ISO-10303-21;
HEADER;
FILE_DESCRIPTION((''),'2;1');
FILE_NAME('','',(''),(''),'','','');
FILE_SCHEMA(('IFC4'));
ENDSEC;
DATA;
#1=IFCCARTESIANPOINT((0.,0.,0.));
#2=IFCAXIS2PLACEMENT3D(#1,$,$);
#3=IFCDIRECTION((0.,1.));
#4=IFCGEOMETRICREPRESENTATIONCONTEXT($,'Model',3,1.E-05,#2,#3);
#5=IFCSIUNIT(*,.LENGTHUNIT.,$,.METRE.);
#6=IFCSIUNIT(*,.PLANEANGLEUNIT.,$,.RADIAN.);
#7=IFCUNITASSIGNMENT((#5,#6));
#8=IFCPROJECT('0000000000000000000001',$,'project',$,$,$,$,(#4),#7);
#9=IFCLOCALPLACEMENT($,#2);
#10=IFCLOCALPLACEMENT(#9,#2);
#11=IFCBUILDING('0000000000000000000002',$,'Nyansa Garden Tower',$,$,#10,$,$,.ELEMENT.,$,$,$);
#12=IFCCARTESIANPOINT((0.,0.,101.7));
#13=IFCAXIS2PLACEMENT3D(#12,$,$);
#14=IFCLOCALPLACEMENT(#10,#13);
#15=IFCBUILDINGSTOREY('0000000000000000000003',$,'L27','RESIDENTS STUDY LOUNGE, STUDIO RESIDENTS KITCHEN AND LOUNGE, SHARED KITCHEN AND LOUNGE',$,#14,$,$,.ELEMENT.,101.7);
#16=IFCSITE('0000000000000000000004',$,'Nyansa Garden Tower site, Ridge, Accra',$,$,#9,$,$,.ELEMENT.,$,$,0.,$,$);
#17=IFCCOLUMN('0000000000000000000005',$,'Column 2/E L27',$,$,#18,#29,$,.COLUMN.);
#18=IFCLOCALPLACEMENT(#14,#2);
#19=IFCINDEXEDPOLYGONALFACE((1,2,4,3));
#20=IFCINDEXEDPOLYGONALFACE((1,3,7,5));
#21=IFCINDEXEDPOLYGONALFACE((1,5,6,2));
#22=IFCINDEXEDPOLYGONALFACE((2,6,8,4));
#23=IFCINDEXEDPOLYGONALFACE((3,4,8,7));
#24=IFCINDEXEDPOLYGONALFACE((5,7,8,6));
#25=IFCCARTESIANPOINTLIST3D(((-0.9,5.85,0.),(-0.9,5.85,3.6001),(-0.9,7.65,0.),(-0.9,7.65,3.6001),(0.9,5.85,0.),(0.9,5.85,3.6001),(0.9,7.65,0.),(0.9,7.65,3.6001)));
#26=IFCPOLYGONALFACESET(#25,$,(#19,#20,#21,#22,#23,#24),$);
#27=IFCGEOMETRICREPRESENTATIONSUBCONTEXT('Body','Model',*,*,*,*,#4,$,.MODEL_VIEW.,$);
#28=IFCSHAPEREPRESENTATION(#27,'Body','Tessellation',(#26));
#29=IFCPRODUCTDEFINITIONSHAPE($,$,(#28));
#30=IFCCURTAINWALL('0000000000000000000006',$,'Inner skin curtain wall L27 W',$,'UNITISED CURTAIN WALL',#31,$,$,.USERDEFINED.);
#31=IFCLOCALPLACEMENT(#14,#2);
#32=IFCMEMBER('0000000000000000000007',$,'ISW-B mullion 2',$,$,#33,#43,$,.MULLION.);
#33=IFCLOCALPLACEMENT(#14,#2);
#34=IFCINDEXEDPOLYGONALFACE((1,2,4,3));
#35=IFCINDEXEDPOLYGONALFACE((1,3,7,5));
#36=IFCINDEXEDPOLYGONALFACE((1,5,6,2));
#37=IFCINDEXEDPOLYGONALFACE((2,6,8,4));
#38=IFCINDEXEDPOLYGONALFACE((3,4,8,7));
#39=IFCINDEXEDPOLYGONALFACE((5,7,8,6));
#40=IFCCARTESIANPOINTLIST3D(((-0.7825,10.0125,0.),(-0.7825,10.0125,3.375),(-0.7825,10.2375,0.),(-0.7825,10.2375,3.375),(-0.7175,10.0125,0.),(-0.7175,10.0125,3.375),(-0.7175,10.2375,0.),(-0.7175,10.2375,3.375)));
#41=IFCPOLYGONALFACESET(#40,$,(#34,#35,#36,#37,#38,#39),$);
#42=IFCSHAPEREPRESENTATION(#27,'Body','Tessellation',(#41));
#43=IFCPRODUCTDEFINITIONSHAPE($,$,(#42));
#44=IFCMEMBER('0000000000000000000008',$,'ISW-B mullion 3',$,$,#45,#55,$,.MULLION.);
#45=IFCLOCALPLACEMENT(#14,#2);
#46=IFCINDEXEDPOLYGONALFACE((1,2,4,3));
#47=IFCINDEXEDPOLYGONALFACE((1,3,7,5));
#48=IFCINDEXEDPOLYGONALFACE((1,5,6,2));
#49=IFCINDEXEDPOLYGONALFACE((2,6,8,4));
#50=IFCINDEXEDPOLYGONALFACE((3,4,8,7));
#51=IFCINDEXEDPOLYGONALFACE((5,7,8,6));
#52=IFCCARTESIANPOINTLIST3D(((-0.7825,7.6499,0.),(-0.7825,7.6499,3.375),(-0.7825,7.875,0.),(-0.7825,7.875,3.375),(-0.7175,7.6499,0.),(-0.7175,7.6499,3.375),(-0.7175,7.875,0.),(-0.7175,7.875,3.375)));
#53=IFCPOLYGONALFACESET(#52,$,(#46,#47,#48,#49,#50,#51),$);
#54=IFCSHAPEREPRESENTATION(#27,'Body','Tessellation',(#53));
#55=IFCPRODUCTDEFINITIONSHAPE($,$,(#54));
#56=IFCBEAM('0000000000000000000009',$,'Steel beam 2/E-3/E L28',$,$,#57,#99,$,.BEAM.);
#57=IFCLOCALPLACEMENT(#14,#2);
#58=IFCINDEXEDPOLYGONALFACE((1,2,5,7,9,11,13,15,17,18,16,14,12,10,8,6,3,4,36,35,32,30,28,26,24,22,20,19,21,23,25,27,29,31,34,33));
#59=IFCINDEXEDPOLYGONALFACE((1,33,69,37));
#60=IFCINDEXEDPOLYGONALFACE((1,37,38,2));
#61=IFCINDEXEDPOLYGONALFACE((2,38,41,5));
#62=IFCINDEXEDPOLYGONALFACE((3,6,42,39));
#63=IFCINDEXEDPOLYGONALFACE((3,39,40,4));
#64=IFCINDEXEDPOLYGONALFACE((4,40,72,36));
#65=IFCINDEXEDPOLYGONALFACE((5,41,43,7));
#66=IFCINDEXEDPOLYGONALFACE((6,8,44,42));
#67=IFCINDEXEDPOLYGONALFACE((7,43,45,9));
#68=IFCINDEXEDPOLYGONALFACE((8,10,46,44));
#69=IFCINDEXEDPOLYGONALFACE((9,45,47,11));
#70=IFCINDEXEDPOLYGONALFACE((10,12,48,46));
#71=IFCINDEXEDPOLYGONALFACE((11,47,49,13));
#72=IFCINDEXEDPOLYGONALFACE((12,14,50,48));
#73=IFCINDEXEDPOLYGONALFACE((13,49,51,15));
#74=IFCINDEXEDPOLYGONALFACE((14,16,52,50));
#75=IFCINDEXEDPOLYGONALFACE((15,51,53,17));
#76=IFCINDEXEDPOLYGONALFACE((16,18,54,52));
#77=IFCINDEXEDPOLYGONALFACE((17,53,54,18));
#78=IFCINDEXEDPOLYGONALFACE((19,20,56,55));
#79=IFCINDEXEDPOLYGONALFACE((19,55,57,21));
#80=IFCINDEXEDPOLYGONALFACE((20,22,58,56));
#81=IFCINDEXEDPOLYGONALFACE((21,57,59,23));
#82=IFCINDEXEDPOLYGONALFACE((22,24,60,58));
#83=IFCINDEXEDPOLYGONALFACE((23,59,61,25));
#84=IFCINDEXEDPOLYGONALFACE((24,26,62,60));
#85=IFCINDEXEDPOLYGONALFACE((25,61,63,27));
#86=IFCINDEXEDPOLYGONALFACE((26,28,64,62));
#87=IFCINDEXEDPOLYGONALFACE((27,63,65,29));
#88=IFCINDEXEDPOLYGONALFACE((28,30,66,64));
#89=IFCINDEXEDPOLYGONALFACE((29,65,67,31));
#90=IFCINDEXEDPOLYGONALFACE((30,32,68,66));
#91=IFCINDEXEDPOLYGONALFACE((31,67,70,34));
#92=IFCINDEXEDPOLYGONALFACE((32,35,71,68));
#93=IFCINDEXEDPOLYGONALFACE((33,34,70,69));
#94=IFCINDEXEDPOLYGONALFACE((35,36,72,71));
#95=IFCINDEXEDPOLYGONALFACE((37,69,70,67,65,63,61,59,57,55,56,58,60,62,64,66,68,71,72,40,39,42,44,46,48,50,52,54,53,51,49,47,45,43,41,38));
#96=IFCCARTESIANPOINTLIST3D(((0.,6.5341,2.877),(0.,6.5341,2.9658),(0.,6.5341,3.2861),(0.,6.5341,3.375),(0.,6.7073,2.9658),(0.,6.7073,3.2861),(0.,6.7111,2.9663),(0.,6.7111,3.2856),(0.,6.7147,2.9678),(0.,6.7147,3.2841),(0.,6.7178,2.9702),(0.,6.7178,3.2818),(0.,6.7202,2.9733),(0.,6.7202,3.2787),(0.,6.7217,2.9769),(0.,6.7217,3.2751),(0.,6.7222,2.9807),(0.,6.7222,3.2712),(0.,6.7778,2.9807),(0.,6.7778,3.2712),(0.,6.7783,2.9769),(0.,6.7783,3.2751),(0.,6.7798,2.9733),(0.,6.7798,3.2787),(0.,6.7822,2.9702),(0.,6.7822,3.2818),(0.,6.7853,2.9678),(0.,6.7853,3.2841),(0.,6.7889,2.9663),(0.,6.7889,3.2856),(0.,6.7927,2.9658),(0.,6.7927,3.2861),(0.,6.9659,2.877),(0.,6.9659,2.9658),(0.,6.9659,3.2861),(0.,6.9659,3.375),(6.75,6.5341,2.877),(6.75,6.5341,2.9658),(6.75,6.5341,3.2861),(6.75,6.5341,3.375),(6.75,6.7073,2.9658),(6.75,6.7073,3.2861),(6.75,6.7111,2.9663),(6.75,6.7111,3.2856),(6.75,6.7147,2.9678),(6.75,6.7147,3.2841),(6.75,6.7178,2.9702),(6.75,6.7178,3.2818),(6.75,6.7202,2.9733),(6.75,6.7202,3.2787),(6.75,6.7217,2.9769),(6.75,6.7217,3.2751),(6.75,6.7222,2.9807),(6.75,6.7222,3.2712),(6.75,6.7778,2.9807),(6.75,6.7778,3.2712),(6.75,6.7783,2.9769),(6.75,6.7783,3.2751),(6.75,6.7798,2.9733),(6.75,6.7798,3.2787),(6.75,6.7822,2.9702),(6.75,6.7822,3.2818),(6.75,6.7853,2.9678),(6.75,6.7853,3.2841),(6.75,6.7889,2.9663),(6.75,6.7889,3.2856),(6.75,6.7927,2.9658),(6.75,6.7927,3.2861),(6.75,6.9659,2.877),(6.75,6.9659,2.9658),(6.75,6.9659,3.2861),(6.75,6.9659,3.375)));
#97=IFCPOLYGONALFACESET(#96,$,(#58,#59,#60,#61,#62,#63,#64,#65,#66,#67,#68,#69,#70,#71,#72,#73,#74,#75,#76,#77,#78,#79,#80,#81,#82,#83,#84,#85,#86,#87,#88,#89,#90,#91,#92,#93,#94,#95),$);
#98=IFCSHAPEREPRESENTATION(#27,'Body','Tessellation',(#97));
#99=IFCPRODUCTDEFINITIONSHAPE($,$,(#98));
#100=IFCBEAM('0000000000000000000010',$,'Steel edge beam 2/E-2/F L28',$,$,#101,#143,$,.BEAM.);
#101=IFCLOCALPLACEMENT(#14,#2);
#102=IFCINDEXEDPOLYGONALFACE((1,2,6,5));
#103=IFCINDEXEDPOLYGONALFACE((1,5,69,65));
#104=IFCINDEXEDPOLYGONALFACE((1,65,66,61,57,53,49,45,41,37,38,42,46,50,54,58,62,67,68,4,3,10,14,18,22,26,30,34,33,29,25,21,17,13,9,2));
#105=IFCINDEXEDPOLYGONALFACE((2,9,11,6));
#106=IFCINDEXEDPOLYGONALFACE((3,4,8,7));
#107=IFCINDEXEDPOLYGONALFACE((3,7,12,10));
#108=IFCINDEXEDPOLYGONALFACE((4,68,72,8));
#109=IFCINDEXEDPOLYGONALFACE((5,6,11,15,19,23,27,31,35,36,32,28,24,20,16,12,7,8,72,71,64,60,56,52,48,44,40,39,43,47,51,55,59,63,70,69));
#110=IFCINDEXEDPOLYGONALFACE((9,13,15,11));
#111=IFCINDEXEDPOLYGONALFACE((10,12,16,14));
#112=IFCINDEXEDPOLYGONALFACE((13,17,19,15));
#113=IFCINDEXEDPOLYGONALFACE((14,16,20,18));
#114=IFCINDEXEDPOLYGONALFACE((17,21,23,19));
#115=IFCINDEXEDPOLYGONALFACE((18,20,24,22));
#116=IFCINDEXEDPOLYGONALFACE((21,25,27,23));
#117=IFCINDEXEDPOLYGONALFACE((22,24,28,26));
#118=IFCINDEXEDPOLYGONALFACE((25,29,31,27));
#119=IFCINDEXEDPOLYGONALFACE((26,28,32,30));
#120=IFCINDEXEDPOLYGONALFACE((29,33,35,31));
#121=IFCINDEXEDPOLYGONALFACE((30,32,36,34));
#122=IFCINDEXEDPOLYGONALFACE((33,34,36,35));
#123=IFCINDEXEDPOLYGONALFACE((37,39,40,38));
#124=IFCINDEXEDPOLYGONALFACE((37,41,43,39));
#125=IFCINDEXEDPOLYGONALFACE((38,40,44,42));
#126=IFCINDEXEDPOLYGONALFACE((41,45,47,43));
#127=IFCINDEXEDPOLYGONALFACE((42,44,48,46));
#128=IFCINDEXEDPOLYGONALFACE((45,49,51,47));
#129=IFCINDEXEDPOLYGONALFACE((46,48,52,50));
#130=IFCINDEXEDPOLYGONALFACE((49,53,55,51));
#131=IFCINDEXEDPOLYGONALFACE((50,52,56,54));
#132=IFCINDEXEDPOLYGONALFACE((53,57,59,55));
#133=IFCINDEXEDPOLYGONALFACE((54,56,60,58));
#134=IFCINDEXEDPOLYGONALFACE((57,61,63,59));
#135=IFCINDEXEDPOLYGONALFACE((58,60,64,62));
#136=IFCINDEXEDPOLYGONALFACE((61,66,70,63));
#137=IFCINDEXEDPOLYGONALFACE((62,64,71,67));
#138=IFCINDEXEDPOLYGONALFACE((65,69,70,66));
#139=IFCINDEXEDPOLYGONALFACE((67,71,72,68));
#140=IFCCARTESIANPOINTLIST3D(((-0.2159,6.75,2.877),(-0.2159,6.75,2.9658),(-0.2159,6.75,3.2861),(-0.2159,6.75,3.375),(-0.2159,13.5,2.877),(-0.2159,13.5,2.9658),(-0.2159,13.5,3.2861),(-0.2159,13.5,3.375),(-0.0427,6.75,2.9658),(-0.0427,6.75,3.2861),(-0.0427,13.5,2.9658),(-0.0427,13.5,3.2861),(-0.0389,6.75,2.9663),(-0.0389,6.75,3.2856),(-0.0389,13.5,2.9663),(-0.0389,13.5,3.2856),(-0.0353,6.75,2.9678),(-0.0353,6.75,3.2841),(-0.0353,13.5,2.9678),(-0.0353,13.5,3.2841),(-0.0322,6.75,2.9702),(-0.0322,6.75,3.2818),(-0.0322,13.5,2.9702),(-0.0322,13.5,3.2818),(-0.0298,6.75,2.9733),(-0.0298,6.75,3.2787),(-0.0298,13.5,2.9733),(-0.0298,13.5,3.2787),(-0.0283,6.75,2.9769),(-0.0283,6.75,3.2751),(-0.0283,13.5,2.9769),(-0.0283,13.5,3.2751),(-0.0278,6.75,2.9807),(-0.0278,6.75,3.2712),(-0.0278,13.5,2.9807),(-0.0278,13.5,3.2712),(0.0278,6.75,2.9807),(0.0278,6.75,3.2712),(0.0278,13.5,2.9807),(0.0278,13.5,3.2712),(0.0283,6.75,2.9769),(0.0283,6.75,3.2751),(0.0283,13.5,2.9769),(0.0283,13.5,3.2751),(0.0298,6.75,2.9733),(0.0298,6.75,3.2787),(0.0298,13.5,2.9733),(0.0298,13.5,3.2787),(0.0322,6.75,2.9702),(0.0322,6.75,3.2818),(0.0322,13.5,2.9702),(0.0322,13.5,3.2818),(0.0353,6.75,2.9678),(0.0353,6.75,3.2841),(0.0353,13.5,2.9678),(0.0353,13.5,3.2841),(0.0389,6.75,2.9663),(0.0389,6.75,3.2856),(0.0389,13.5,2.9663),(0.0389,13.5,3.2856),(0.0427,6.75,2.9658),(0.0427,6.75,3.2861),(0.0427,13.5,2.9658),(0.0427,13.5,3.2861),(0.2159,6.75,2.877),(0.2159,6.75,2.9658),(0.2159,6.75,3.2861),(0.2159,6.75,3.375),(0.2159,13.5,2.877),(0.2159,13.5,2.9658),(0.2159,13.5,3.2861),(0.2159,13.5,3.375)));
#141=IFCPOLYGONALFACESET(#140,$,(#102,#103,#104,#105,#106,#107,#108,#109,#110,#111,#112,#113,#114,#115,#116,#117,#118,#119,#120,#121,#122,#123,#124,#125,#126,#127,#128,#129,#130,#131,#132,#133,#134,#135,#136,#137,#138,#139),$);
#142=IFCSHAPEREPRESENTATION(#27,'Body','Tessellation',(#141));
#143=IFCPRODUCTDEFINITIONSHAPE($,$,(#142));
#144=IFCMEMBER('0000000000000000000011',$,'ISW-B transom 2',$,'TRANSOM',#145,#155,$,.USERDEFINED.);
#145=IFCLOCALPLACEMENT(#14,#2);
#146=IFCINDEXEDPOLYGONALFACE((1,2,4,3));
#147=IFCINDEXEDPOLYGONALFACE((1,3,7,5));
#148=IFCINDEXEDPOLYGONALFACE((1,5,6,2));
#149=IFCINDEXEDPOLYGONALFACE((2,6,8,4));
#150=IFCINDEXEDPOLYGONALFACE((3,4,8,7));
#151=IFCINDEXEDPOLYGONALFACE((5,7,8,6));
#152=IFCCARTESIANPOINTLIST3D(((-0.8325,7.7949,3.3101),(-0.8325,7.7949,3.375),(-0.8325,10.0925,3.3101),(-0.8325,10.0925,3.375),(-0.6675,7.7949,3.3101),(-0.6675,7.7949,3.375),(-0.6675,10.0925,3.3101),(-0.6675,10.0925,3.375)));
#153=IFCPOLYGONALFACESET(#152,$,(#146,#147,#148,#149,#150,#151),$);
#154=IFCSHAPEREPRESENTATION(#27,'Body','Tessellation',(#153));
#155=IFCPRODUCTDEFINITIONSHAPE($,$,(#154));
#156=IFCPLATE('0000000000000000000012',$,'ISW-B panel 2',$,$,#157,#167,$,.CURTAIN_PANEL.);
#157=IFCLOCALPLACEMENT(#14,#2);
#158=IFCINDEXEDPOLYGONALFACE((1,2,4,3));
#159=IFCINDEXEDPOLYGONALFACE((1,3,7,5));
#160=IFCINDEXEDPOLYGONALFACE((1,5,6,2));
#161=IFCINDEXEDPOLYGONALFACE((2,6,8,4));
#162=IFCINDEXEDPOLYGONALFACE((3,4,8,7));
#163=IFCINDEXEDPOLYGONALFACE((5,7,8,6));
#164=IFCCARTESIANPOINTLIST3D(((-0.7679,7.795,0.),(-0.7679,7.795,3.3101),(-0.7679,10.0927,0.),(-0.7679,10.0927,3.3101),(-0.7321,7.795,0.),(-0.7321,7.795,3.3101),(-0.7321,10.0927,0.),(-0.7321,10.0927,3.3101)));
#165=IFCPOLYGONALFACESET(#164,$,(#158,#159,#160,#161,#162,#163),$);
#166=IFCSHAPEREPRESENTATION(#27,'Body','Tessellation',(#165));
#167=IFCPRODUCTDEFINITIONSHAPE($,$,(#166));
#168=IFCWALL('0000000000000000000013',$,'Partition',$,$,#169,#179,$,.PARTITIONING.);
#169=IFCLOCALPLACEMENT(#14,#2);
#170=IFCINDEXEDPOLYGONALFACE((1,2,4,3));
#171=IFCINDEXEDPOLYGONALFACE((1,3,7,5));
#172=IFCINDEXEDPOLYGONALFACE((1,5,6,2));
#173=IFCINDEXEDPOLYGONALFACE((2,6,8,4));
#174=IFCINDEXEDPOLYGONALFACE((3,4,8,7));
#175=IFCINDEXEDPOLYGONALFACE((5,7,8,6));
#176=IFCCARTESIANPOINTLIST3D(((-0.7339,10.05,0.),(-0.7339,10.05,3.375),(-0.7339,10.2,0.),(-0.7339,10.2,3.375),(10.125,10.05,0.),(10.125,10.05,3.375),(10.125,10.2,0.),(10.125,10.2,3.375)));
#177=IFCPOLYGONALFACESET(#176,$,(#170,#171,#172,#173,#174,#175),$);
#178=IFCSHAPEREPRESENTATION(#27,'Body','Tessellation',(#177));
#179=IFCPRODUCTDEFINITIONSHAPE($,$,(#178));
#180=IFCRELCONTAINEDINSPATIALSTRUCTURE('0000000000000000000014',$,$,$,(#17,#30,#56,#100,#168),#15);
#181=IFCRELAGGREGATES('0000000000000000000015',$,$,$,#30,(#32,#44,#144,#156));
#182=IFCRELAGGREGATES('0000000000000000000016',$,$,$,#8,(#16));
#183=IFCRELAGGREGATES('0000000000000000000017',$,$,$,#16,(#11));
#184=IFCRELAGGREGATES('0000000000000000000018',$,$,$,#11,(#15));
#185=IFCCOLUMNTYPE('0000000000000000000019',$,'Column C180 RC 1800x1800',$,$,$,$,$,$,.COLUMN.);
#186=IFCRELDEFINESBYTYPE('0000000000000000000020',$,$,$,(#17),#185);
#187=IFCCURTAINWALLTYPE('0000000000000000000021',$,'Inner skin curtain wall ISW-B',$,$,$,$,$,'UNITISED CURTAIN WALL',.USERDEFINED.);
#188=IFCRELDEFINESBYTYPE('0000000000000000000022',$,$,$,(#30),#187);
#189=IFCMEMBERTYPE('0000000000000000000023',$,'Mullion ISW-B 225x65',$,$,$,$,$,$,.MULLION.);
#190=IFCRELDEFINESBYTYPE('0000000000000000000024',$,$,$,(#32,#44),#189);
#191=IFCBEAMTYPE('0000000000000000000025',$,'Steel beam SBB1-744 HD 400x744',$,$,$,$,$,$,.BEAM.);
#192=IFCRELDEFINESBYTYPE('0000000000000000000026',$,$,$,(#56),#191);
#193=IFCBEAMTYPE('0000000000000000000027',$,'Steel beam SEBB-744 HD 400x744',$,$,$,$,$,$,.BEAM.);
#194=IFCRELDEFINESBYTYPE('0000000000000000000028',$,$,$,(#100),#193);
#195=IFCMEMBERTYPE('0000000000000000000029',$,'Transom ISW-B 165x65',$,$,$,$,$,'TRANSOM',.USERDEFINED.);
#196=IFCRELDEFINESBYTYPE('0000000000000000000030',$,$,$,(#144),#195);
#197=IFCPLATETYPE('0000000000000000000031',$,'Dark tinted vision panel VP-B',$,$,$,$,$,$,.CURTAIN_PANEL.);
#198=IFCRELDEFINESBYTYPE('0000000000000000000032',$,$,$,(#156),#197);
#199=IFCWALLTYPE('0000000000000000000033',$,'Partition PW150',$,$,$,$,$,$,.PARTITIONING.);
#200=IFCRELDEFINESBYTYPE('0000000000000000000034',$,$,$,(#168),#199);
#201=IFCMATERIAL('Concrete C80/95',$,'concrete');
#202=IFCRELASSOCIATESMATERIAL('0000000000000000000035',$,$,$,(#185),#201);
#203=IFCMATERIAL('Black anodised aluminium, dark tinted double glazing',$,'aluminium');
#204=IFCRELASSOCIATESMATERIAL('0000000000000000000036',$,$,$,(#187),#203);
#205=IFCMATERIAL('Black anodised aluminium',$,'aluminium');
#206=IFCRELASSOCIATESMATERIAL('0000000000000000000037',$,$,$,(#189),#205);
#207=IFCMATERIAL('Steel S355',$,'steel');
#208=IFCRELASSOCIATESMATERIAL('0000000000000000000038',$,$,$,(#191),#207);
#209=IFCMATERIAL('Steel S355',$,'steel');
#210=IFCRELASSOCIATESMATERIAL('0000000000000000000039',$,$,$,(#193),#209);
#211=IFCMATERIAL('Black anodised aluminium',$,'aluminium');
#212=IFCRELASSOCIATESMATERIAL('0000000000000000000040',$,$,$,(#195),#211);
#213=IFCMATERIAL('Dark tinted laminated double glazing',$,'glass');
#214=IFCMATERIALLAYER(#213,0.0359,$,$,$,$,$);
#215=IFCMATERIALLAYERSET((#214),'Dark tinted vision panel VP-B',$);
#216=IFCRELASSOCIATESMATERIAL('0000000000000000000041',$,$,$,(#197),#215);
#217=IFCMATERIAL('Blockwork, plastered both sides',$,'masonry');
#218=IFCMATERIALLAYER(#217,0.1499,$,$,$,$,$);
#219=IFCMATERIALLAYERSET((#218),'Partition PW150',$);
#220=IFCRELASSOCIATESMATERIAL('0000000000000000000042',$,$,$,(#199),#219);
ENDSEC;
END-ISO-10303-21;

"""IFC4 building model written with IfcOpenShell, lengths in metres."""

from ifc_helpers import new_model, si_unit, direction, frame, frame_2d, origin, origin_2d, place, context, subcontext, project, spatial, rectangle, i_section, extrude, material, layer, layer_set, material_profile, profile_set, type_object, element, aggregate, save


model = new_model("IFC4")

# Units and contexts
model_context = context("Model", 3, precision=1e-05, world=origin(), true_north=direction((0.0, 1.0)))
body_context = subcontext(model_context, "Body", "Model", "MODEL_VIEW")
ifc_project = project(units=[si_unit("LENGTHUNIT", "METRE"), si_unit("PLANEANGLEUNIT", "RADIAN")], contexts=[model_context])

# Site, building, storey
site_placement = place(None, origin())
site = spatial("IfcSite", under=ifc_project, at=site_placement, Name="Nyansa Garden Tower site, Ridge, Accra", CompositionType="ELEMENT", RefElevation=0.0)
building_placement = place(site_placement, origin())
building = spatial("IfcBuilding", under=site, at=building_placement, Name="Nyansa Garden Tower", CompositionType="ELEMENT")
storey_placement = place(building_placement, frame((0.0, 0.0, 101.7)))
storey = spatial("IfcBuildingStorey", under=building, at=storey_placement, Name="L27", Description="RESIDENTS STUDY LOUNGE, STUDIO RESIDENTS KITCHEN AND LOUNGE, SHARED KITCHEN AND LOUNGE", CompositionType="ELEMENT", Elevation=101.7)

# Column
ifc_material_1 = material(Name="Concrete C80/95", Category="concrete")
ifc_material_profile_1 = material_profile(ifc_material_1, rectangle(XDim=1.8, YDim=1.8, at=origin_2d()), Name="RC 1800x1800")
ifc_profile_set_1 = profile_set([ifc_material_profile_1], Name="Concrete C80/95")
column_type = type_object("IfcColumnType", Name="Column C180 RC 1800x1800", PredefinedType="COLUMN", material=ifc_profile_set_1)
column_placement = place(storey_placement, frame((0.0, 6.75, 0.0), z_axis=(0.0, 0.0, 1.0), x_axis=(1.0, 0.0, 0.0)))
element("IfcColumn", 1, at=column_placement, inside=storey, type_object=column_type, Name="Column 2/E L27", PredefinedType="COLUMN", context=body_context, shape_type="SweptSolid", body=[
    extrude(rectangle(XDim=1.8, YDim=1.8, at=origin_2d()), origin(), (0.0, 0.0, 1.0), 3.6001),
])

# Curtain wall, members
ifc_material_2 = material(Name="Black anodised aluminium, dark tinted double glazing", Category="aluminium")
curtain_wall_type = type_object("IfcCurtainWallType", Name="Inner skin curtain wall ISW-B", ElementType="UNITISED CURTAIN WALL", PredefinedType="USERDEFINED", material=ifc_material_2)
curtain_wall_placement = place(storey_placement, origin())
curtain_wall = element("IfcCurtainWall", 2, at=curtain_wall_placement, inside=storey, type_object=curtain_wall_type, Name="Inner skin curtain wall L27 W", ObjectType="UNITISED CURTAIN WALL", PredefinedType="USERDEFINED")
ifc_material_3 = material(Name="Black anodised aluminium", Category="aluminium")
ifc_material_profile_2 = material_profile(ifc_material_3, rectangle(XDim=0.0649, YDim=0.2251, at=origin_2d()), Name="Mullion 225x65")
ifc_profile_set_2 = profile_set([ifc_material_profile_2], Name="Black anodised aluminium")
member_type_1 = type_object("IfcMemberType", Name="Mullion ISW-B 225x65", PredefinedType="MULLION", material=ifc_profile_set_2)
member_1_placement = place(storey_placement, frame((-0.75, 10.125, 0.0), z_axis=(0.0, 0.0, 1.0), x_axis=(1.0, 0.0, 0.0)))
member_1 = element("IfcMember", 3, at=member_1_placement, type_object=member_type_1, Name="ISW-B mullion 2", PredefinedType="MULLION", context=body_context, shape_type="SweptSolid", body=[
    extrude(rectangle(XDim=0.0649, YDim=0.2251, at=origin_2d()), origin(), (0.0, 0.0, 1.0), 3.375),
])
member_2_placement = place(storey_placement, frame((-0.75, 7.7625, 0.0), z_axis=(0.0, 0.0, 1.0), x_axis=(1.0, 0.0, 0.0)))
member_2 = element("IfcMember", 4, at=member_2_placement, type_object=member_type_1, Name="ISW-B mullion 3", PredefinedType="MULLION", context=body_context, shape_type="SweptSolid", body=[
    extrude(rectangle(XDim=0.0649, YDim=0.2251, at=origin_2d()), origin(), (0.0, 0.0, 1.0), 3.375),
])

# Beams
ifc_material_4 = material(Name="Steel S355", Category="steel")
ifc_material_profile_3 = material_profile(ifc_material_4, i_section(OverallWidth=0.4319, OverallDepth=0.498, WebThickness=0.0557, FlangeThickness=0.0889, FilletRadius=0.0149, at=origin_2d()), Name="HD 400x744")
ifc_profile_set_3 = profile_set([ifc_material_profile_3], Name="Steel S355")
beam_type_1 = type_object("IfcBeamType", Name="Steel beam SBB1-744 HD 400x744", PredefinedType="BEAM", material=ifc_profile_set_3)
beam_1_placement = place(storey_placement, frame((0.0, 6.75, 3.126), z_axis=(1.0, 0.0, 0.0), x_axis=(0.0, 1.0, 0.0)))
element("IfcBeam", 5, at=beam_1_placement, inside=storey, type_object=beam_type_1, Name="Steel beam 2/E-3/E L28", PredefinedType="BEAM", context=body_context, shape_type="SweptSolid", body=[
    extrude(i_section(OverallWidth=0.4319, OverallDepth=0.498, WebThickness=0.0557, FlangeThickness=0.0889, FilletRadius=0.0149, at=origin_2d()), origin(), (0.0, 0.0, 1.0), 6.75),
])
ifc_material_5 = material(Name="Steel S355", Category="steel")
ifc_material_profile_4 = material_profile(ifc_material_5, i_section(OverallWidth=0.4319, OverallDepth=0.498, WebThickness=0.0557, FlangeThickness=0.0889, FilletRadius=0.0149, at=origin_2d()), Name="HD 400x744")
ifc_profile_set_4 = profile_set([ifc_material_profile_4], Name="Steel S355")
beam_type_2 = type_object("IfcBeamType", Name="Steel beam SEBB-744 HD 400x744", PredefinedType="BEAM", material=ifc_profile_set_4)
beam_2_placement = place(storey_placement, frame((0.0, 6.75, 3.126), z_axis=(0.0, 1.0, 0.0), x_axis=(-1.0, 0.0, 0.0)))
element("IfcBeam", 6, at=beam_2_placement, inside=storey, type_object=beam_type_2, Name="Steel edge beam 2/E-2/F L28", PredefinedType="BEAM", context=body_context, shape_type="SweptSolid", body=[
    extrude(i_section(OverallWidth=0.4319, OverallDepth=0.498, WebThickness=0.0557, FlangeThickness=0.0889, FilletRadius=0.0149, at=origin_2d()), origin(), (0.0, 0.0, 1.0), 6.75),
])

# Member
ifc_material_6 = material(Name="Black anodised aluminium", Category="aluminium")
ifc_material_profile_5 = material_profile(ifc_material_6, rectangle(XDim=0.165, YDim=0.0649, at=origin_2d()), Name="Transom 165x65")
ifc_profile_set_5 = profile_set([ifc_material_profile_5], Name="Black anodised aluminium")
member_type_2 = type_object("IfcMemberType", Name="Transom ISW-B 165x65", ElementType="TRANSOM", PredefinedType="USERDEFINED", material=ifc_profile_set_5)
member_3_placement = place(storey_placement, frame((-0.75, 10.0925, 3.3425), z_axis=(0.0, -1.0, 0.0), x_axis=(1.0, 0.0, 0.0)))
member_3 = element("IfcMember", 7, at=member_3_placement, type_object=member_type_2, Name="ISW-B transom 2", ObjectType="TRANSOM", PredefinedType="USERDEFINED", context=body_context, shape_type="SweptSolid", body=[
    extrude(rectangle(XDim=0.165, YDim=0.0649, at=origin_2d()), origin(), (0.0, 0.0, 1.0), 2.2976),
])

# Plate
ifc_material_7 = material(Name="Dark tinted laminated double glazing", Category="glass")
ifc_layer_1 = layer(ifc_material_7, 0.0359)
ifc_layer_set_1 = layer_set([ifc_layer_1], Name="Dark tinted vision panel VP-B")
plate_type = type_object("IfcPlateType", Name="Dark tinted vision panel VP-B", PredefinedType="CURTAIN_PANEL", material=ifc_layer_set_1)
plate_placement = place(storey_placement, frame((-0.75, 8.9438, 0.0), z_axis=(0.0, 0.0, 1.0), x_axis=(0.0, -1.0, 0.0)))
plate = element("IfcPlate", 8, at=plate_placement, type_object=plate_type, Name="ISW-B panel 2", PredefinedType="CURTAIN_PANEL", context=body_context, shape_type="SweptSolid", body=[
    extrude(rectangle(XDim=2.2976, YDim=0.0359, at=origin_2d()), origin(), (0.0, 0.0, 1.0), 3.3101),
])
aggregate(curtain_wall, [member_1, member_2, member_3, plate])

# Wall
ifc_material_8 = material(Name="Blockwork, plastered both sides", Category="masonry")
ifc_layer_2 = layer(ifc_material_8, 0.1499)
ifc_layer_set_2 = layer_set([ifc_layer_2], Name="Partition PW150")
wall_type_1 = type_object("IfcWallType", Name="Partition PW150", PredefinedType="PARTITIONING", material=ifc_layer_set_2)
wall_1_placement = place(storey_placement, frame((-0.7339, 10.125, 0.0), z_axis=(0.0, 0.0, 1.0), x_axis=(1.0, 0.0, 0.0)))
element("IfcWall", 9, at=wall_1_placement, inside=storey, type_object=wall_type_1, Name="Partition", PredefinedType="PARTITIONING", context=body_context, shape_type="SweptSolid", body=[
    extrude(rectangle(XDim=10.8589, YDim=0.1499, at=frame_2d((5.4294, 0.0))), origin(), (0.0, 0.0, 1.0), 3.375),
])

save(model, "model.ifc")
